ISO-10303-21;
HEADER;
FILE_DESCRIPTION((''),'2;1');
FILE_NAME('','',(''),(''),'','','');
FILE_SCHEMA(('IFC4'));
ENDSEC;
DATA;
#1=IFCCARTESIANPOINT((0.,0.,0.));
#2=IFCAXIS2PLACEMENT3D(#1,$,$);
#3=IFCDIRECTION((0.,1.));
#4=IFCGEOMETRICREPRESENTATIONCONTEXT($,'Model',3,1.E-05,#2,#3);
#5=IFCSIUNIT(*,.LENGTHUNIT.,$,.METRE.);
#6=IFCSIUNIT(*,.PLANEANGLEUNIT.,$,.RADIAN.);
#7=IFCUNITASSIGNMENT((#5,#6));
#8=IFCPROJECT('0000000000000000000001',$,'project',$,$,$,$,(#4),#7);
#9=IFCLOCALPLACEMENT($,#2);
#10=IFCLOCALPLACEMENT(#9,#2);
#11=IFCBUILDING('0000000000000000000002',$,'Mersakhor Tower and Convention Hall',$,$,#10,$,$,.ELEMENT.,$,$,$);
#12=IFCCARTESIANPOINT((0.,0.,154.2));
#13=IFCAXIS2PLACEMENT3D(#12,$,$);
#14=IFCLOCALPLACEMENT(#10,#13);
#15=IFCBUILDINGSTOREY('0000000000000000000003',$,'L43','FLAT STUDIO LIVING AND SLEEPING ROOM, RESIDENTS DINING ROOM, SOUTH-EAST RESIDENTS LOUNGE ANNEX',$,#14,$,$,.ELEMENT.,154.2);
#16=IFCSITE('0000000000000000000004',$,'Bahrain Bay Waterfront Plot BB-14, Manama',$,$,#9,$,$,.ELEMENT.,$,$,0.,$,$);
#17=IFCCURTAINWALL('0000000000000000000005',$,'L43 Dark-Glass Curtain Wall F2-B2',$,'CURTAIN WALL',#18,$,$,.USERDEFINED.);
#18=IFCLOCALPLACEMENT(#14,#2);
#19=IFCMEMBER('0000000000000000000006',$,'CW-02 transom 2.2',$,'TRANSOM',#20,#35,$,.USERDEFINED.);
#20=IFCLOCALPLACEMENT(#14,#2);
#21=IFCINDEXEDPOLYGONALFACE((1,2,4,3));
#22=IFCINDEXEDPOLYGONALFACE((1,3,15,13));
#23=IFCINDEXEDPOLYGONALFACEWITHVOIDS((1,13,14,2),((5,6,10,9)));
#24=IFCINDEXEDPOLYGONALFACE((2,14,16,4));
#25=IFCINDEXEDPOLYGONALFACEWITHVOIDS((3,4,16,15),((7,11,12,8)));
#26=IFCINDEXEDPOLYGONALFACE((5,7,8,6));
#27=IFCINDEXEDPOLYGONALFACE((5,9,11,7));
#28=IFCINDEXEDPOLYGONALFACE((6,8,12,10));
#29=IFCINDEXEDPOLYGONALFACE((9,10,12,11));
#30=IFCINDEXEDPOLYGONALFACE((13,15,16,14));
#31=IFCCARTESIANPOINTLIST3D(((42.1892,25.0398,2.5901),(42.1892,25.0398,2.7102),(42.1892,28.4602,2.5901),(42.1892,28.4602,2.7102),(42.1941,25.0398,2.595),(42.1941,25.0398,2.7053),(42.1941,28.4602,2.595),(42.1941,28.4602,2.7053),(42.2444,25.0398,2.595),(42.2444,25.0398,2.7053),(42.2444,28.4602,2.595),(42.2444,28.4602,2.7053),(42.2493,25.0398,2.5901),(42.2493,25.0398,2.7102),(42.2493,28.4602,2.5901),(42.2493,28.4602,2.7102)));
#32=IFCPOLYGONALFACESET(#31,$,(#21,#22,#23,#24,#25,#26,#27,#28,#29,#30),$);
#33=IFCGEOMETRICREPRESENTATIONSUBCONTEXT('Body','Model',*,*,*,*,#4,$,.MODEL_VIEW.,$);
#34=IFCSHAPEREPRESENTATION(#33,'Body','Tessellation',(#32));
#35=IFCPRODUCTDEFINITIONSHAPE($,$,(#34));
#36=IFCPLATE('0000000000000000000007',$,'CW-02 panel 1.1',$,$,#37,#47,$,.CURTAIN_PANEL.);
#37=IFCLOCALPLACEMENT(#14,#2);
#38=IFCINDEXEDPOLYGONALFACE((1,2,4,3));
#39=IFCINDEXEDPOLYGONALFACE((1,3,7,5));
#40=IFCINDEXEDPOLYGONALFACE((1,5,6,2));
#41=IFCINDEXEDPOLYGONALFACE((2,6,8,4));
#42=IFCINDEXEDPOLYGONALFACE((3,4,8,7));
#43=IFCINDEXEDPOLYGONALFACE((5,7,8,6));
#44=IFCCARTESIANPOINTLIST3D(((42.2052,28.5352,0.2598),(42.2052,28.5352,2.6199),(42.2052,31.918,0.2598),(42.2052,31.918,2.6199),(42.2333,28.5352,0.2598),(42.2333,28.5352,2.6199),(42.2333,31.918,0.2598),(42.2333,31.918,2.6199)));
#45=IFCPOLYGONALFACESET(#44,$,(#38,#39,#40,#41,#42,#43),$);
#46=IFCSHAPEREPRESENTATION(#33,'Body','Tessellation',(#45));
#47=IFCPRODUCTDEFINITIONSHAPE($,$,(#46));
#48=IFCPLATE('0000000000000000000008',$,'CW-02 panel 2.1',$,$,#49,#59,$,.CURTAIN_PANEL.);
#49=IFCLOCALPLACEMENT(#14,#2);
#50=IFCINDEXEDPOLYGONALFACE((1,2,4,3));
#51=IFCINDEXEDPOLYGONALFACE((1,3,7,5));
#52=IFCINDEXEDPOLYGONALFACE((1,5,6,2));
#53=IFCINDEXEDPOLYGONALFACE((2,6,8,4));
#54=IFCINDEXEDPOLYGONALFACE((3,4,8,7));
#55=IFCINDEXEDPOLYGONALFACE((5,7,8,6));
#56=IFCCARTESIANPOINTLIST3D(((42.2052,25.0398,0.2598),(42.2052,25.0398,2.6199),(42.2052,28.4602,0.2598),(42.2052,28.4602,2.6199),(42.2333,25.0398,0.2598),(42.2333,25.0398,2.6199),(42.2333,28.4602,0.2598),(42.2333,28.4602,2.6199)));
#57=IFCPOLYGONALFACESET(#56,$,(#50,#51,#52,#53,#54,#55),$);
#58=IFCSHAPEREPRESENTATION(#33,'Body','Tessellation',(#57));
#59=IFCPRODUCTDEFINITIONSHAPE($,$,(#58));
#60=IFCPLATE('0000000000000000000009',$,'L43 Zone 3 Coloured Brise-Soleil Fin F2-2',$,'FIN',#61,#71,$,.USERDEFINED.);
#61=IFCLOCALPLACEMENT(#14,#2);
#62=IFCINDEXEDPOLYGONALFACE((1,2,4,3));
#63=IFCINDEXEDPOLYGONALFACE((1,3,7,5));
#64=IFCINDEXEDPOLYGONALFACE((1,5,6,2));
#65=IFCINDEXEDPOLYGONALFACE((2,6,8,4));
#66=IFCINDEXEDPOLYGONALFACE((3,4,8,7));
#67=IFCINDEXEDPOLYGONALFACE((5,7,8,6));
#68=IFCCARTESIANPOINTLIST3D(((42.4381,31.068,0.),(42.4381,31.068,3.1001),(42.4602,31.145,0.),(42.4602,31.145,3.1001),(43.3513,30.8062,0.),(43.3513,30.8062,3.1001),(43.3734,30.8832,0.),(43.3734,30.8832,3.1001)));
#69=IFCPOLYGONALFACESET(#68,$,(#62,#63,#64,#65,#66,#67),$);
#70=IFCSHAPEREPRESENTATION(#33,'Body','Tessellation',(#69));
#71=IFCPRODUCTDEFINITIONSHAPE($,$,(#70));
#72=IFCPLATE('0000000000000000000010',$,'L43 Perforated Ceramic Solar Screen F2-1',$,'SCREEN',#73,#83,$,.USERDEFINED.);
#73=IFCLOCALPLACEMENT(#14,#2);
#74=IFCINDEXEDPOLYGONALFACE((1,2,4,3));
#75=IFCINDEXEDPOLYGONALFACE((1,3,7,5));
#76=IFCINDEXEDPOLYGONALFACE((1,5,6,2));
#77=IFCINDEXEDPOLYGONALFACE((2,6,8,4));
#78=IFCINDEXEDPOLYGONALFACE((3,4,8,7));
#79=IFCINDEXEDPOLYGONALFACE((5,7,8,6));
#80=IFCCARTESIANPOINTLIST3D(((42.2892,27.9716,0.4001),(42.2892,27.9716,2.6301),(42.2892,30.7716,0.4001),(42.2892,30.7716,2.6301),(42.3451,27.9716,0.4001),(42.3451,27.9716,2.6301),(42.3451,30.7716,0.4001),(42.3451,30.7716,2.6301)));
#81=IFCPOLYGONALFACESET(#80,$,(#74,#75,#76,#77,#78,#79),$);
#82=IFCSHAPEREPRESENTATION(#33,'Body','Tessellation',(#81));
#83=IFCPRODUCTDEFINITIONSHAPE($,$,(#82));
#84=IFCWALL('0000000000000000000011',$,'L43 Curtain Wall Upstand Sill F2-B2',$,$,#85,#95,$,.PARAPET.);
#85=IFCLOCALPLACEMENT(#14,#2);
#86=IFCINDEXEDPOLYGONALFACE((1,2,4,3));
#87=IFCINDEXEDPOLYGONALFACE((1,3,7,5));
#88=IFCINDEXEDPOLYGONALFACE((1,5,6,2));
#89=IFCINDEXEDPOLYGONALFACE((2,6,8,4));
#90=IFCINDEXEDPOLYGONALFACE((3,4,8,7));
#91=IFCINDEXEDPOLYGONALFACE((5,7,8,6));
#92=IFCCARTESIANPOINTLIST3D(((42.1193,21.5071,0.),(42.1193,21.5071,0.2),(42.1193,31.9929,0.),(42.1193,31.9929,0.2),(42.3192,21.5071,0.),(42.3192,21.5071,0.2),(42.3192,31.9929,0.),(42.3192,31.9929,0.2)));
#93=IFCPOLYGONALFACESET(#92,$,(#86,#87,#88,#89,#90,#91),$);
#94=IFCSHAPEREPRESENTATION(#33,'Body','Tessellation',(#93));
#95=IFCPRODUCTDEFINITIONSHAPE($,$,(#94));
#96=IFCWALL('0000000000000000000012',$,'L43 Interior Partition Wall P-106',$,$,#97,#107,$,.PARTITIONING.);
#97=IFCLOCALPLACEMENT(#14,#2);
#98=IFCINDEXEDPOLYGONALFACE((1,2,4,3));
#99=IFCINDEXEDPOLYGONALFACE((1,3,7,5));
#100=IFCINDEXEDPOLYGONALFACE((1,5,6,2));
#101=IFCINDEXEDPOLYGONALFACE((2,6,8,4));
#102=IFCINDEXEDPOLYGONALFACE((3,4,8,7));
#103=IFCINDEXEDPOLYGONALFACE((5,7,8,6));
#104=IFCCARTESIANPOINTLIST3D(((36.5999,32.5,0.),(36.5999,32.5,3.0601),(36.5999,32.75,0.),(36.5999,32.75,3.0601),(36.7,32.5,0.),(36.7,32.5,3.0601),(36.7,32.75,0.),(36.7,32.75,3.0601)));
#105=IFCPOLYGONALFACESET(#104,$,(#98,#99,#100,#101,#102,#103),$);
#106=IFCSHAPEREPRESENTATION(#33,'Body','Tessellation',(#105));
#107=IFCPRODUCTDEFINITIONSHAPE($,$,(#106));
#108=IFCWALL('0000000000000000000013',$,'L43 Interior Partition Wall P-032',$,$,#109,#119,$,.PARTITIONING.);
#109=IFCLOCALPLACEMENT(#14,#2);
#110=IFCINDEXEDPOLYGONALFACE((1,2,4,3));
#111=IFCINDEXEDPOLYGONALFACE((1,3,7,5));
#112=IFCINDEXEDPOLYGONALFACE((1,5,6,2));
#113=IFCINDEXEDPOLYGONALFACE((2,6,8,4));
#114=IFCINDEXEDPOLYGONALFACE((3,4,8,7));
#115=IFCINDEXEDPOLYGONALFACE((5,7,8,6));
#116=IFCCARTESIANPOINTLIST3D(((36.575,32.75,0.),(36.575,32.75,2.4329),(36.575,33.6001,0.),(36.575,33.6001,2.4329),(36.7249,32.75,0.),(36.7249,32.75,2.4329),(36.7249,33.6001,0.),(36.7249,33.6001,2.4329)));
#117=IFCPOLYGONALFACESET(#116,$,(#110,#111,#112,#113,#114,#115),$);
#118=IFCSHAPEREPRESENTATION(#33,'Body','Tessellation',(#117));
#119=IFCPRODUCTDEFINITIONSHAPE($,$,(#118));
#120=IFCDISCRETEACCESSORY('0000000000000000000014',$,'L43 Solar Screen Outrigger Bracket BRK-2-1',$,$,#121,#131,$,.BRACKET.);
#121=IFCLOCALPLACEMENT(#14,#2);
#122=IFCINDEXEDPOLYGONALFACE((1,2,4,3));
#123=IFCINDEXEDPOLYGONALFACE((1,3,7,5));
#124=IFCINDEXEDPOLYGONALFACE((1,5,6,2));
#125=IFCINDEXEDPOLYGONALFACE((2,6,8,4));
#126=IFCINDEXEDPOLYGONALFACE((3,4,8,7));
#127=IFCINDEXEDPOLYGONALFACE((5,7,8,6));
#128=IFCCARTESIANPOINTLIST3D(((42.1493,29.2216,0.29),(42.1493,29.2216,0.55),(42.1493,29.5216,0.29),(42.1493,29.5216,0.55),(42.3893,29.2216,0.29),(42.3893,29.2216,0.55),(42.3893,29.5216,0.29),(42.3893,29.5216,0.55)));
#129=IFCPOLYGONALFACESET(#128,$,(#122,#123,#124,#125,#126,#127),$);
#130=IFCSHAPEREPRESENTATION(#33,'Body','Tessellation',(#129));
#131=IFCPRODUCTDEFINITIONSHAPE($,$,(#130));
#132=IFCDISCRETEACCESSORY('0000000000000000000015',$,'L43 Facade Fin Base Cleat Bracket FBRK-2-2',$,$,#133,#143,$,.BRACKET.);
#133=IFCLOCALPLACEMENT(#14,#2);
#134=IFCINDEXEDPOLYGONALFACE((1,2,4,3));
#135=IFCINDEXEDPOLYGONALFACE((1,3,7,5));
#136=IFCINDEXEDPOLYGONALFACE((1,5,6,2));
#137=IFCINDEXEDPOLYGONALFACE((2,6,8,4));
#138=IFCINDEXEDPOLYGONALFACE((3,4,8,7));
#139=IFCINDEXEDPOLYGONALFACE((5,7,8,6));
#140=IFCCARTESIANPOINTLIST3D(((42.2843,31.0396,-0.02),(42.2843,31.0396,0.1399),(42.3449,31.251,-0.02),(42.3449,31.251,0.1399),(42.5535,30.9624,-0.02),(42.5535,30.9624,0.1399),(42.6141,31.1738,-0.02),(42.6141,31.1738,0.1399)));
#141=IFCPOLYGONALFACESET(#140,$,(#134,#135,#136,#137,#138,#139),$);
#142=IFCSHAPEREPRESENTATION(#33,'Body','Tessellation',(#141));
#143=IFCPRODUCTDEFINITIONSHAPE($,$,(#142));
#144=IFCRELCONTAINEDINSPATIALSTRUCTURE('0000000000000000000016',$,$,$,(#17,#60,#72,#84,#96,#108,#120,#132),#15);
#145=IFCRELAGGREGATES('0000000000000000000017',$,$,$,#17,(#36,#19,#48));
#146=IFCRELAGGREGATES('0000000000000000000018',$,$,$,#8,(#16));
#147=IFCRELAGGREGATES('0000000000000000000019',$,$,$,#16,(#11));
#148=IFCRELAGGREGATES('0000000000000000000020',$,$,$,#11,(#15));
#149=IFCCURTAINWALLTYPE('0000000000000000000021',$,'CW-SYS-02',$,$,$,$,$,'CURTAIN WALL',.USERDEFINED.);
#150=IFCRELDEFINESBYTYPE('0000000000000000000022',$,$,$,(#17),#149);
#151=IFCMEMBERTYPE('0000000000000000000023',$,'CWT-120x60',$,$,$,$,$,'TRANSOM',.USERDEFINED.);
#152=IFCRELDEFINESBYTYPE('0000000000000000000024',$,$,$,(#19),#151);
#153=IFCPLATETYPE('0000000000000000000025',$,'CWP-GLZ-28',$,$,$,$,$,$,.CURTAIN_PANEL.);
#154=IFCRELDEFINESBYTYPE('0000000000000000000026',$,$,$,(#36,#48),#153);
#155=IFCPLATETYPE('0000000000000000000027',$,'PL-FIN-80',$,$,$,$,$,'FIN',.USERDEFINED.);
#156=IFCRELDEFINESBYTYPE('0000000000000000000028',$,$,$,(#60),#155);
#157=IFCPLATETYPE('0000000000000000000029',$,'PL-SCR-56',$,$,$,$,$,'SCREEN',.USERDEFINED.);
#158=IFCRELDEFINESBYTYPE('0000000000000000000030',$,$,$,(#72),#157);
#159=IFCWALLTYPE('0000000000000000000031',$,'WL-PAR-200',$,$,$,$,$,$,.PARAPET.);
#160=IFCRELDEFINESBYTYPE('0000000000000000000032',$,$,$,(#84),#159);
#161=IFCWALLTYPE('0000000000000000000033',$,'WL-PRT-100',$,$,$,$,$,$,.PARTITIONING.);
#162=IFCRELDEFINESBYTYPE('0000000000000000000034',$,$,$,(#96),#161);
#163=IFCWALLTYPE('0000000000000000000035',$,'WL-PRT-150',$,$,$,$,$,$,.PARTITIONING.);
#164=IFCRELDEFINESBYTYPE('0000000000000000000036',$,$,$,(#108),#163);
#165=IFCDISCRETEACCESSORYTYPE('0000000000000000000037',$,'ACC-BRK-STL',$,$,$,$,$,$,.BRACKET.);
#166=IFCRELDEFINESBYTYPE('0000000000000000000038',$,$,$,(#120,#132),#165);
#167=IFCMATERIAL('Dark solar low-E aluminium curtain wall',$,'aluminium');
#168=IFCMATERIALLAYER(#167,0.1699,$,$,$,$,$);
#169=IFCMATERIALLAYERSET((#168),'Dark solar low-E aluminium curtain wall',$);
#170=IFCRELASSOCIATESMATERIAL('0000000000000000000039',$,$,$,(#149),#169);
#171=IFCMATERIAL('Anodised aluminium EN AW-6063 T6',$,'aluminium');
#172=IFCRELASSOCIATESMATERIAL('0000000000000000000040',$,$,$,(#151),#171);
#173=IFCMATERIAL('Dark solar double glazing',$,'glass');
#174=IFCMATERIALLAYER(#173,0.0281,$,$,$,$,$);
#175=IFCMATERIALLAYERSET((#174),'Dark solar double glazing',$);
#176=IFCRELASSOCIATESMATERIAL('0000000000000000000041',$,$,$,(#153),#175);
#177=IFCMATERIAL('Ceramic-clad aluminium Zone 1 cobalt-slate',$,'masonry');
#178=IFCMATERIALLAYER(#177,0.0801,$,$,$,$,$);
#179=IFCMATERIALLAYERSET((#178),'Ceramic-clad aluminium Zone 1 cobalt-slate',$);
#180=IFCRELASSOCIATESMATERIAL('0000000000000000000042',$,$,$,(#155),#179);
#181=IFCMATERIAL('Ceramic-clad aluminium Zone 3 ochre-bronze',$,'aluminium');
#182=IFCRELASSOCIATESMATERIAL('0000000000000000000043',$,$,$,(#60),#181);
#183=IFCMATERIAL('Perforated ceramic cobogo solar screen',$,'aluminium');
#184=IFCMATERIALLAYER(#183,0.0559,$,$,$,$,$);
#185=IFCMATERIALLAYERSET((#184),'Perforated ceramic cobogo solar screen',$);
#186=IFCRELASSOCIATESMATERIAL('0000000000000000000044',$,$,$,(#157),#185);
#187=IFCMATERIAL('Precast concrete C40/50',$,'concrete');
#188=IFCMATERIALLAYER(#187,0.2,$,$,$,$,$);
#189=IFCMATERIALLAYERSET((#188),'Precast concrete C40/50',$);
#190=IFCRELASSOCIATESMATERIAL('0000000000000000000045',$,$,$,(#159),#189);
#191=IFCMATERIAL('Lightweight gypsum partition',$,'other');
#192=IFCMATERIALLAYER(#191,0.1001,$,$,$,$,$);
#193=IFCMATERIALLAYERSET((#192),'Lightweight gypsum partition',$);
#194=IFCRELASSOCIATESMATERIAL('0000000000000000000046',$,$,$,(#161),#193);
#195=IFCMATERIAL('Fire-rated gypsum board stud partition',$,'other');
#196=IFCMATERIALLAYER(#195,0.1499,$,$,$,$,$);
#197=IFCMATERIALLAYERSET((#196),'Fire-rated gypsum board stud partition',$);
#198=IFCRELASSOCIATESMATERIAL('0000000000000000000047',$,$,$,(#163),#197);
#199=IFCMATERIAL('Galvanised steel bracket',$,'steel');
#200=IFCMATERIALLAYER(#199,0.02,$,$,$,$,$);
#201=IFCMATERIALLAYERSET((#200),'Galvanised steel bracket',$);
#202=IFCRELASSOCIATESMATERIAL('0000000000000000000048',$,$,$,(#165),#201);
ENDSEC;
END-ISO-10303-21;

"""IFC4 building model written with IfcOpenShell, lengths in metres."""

from ifc_helpers import new_model, si_unit, direction, frame, frame_2d, origin, origin_2d, place, context, subcontext, project, spatial, rectangle, hollow_rectangle, extrude, material, layer, layer_set, material_profile, profile_set, type_object, element, aggregate, save


model = new_model("IFC4")

# Units and contexts
model_context = context("Model", 3, precision=1e-05, world=origin(), true_north=direction((0.0, 1.0)))
body_context = subcontext(model_context, "Body", "Model", "MODEL_VIEW")
ifc_project = project(units=[si_unit("LENGTHUNIT", "METRE"), si_unit("PLANEANGLEUNIT", "RADIAN")], contexts=[model_context])

# Site, building, storey
site_placement = place(None, origin())
site = spatial("IfcSite", under=ifc_project, at=site_placement, Name="Bahrain Bay Waterfront Plot BB-14, Manama", CompositionType="ELEMENT", RefElevation=0.0)
building_placement = place(site_placement, origin())
building = spatial("IfcBuilding", under=site, at=building_placement, Name="Mersakhor Tower and Convention Hall", CompositionType="ELEMENT")
storey_placement = place(building_placement, frame((0.0, 0.0, 154.2)))
storey = spatial("IfcBuildingStorey", under=building, at=storey_placement, Name="L43", Description="FLAT STUDIO LIVING AND SLEEPING ROOM, RESIDENTS DINING ROOM, SOUTH-EAST RESIDENTS LOUNGE ANNEX", CompositionType="ELEMENT", Elevation=154.2)

# Curtain wall, member, plates
ifc_material_1 = material(Name="Dark solar low-E aluminium curtain wall", Category="aluminium")
ifc_layer_1 = layer(ifc_material_1, 0.1699)
ifc_layer_set_1 = layer_set([ifc_layer_1], Name="Dark solar low-E aluminium curtain wall")
curtain_wall_type = type_object("IfcCurtainWallType", Name="CW-SYS-02", ElementType="CURTAIN WALL", PredefinedType="USERDEFINED", material=ifc_layer_set_1)
curtain_wall_placement = place(storey_placement, origin())
curtain_wall = element("IfcCurtainWall", 1, at=curtain_wall_placement, inside=storey, type_object=curtain_wall_type, Name="L43 Dark-Glass Curtain Wall F2-B2", ObjectType="CURTAIN WALL", PredefinedType="USERDEFINED")
ifc_material_2 = material(Name="Anodised aluminium EN AW-6063 T6", Category="aluminium")
ifc_material_profile_1 = material_profile(ifc_material_2, hollow_rectangle(XDim=0.0601, YDim=0.1201, WallThickness=0.0049, at=origin_2d()), Name="RHS 120x60x5")
ifc_profile_set_1 = profile_set([ifc_material_profile_1], Name="Anodised aluminium EN AW-6063 T6")
member_type_1 = type_object("IfcMemberType", Name="CWT-120x60", ElementType="TRANSOM", PredefinedType="USERDEFINED", material=ifc_profile_set_1)
member_1_placement = place(storey_placement, frame((42.2192, 28.4602, 2.6501), z_axis=(0.0, -1.0, 0.0), x_axis=(1.0, 0.0, 0.0)))
member_1 = element("IfcMember", 2, at=member_1_placement, type_object=member_type_1, Name="CW-02 transom 2.2", ObjectType="TRANSOM", PredefinedType="USERDEFINED", context=body_context, shape_type="SweptSolid", body=[
    extrude(hollow_rectangle(XDim=0.0601, YDim=0.1201, WallThickness=0.0049, at=origin_2d()), origin(), (0.0, 0.0, 1.0), 3.4204),
])
ifc_material_3 = material(Name="Dark solar double glazing", Category="glass")
ifc_layer_2 = layer(ifc_material_3, 0.0281)
ifc_layer_set_2 = layer_set([ifc_layer_2], Name="Dark solar double glazing")
plate_type_1 = type_object("IfcPlateType", Name="CWP-GLZ-28", PredefinedType="CURTAIN_PANEL", material=ifc_layer_set_2)
plate_1_placement = place(storey_placement, frame((42.2192, 30.2266, 0.2598), z_axis=(0.0, 0.0, 1.0), x_axis=(0.0, -1.0, 0.0)))
plate_1 = element("IfcPlate", 3, at=plate_1_placement, type_object=plate_type_1, Name="CW-02 panel 1.1", PredefinedType="CURTAIN_PANEL", context=body_context, shape_type="SweptSolid", body=[
    extrude(rectangle(XDim=3.3828, YDim=0.0281, at=origin_2d()), origin(), (0.0, 0.0, 1.0), 2.3601),
])
plate_2_placement = place(storey_placement, frame((42.2192, 26.75, 0.2598), z_axis=(0.0, 0.0, 1.0), x_axis=(0.0, -1.0, 0.0)))
plate_2 = element("IfcPlate", 4, at=plate_2_placement, type_object=plate_type_1, Name="CW-02 panel 2.1", PredefinedType="CURTAIN_PANEL", context=body_context, shape_type="SweptSolid", body=[
    extrude(rectangle(XDim=3.4204, YDim=0.0281, at=origin_2d()), origin(), (0.0, 0.0, 1.0), 2.3601),
])
aggregate(curtain_wall, [plate_1, member_1, plate_2])

# Plates
ifc_material_4 = material(Name="Ceramic-clad aluminium Zone 3 ochre-bronze", Category="aluminium")
ifc_material_5 = material(Name="Ceramic-clad aluminium Zone 1 cobalt-slate", Category="masonry")
ifc_layer_3 = layer(ifc_material_5, 0.0801)
ifc_layer_set_3 = layer_set([ifc_layer_3], Name="Ceramic-clad aluminium Zone 1 cobalt-slate")
plate_type_2 = type_object("IfcPlateType", Name="PL-FIN-80", ElementType="FIN", PredefinedType="USERDEFINED", material=ifc_layer_set_3)
plate_3_placement = place(storey_placement, frame((42.9058, 30.9756, 0.0), z_axis=(0.0, 0.0, 1.0), x_axis=(0.961262, -0.275637, 0.0)))
element("IfcPlate", 5, at=plate_3_placement, inside=storey, type_object=plate_type_2, material=ifc_material_4, Name="L43 Zone 3 Coloured Brise-Soleil Fin F2-2", ObjectType="FIN", PredefinedType="USERDEFINED", context=body_context, shape_type="SweptSolid", body=[
    extrude(rectangle(XDim=0.95, YDim=0.0801, at=origin_2d()), origin(), (0.0, 0.0, 1.0), 3.1001),
])
ifc_material_6 = material(Name="Perforated ceramic cobogo solar screen", Category="aluminium")
ifc_layer_4 = layer(ifc_material_6, 0.0559)
ifc_layer_set_4 = layer_set([ifc_layer_4], Name="Perforated ceramic cobogo solar screen")
plate_type_3 = type_object("IfcPlateType", Name="PL-SCR-56", ElementType="SCREEN", PredefinedType="USERDEFINED", material=ifc_layer_set_4)
plate_4_placement = place(storey_placement, frame((42.3171, 29.3716, 0.4001), z_axis=(0.0, 0.0, 1.0), x_axis=(0.0, -1.0, 0.0)))
element("IfcPlate", 6, at=plate_4_placement, inside=storey, type_object=plate_type_3, Name="L43 Perforated Ceramic Solar Screen F2-1", ObjectType="SCREEN", PredefinedType="USERDEFINED", context=body_context, shape_type="SweptSolid", body=[
    extrude(rectangle(XDim=2.8, YDim=0.0559, at=origin_2d()), origin(), (0.0, 0.0, 1.0), 2.23),
])

# Walls
ifc_material_7 = material(Name="Precast concrete C40/50", Category="concrete")
ifc_layer_5 = layer(ifc_material_7, 0.2)
ifc_layer_set_5 = layer_set([ifc_layer_5], Name="Precast concrete C40/50")
wall_type_1 = type_object("IfcWallType", Name="WL-PAR-200", PredefinedType="PARAPET", material=ifc_layer_set_5)
wall_1_placement = place(storey_placement, frame((42.2192, 31.9929, 0.0), z_axis=(0.0, 0.0, 1.0), x_axis=(0.0, -1.0, 0.0)))
element("IfcWall", 7, at=wall_1_placement, inside=storey, type_object=wall_type_1, Name="L43 Curtain Wall Upstand Sill F2-B2", PredefinedType="PARAPET", context=body_context, shape_type="SweptSolid", body=[
    extrude(rectangle(XDim=10.4858, YDim=0.2, at=frame_2d((5.2429, 0.0))), origin(), (0.0, 0.0, 1.0), 0.2),
])
ifc_material_8 = material(Name="Lightweight gypsum partition", Category="other")
ifc_layer_6 = layer(ifc_material_8, 0.1001)
ifc_layer_set_6 = layer_set([ifc_layer_6], Name="Lightweight gypsum partition")
wall_type_2 = type_object("IfcWallType", Name="WL-PRT-100", PredefinedType="PARTITIONING", material=ifc_layer_set_6)
wall_2_placement = place(storey_placement, frame((36.6499, 32.5, 0.0), z_axis=(0.0, 0.0, 1.0), x_axis=(0.0, 1.0, 0.0)))
element("IfcWall", 8, at=wall_2_placement, inside=storey, type_object=wall_type_2, Name="L43 Interior Partition Wall P-106", PredefinedType="PARTITIONING", context=body_context, shape_type="SweptSolid", body=[
    extrude(rectangle(XDim=0.25, YDim=0.1001, at=frame_2d((0.125, 0.0))), origin(), (0.0, 0.0, 1.0), 3.0601),
])

# Shared definitions
ifc_material_9 = material(Name="Fire-rated gypsum board stud partition", Category="other")
ifc_layer_7 = layer(ifc_material_9, 0.1499)
ifc_layer_set_7 = layer_set([ifc_layer_7], Name="Fire-rated gypsum board stud partition")
wall_type_3 = type_object("IfcWallType", Name="WL-PRT-150", PredefinedType="PARTITIONING", material=ifc_layer_set_7)

# Wall
wall_3_placement = place(storey_placement, frame((36.6499, 32.75, 0.0), z_axis=(0.0, 0.0, 1.0), x_axis=(0.0, 1.0, 0.0)))
element("IfcWall", 9, at=wall_3_placement, inside=storey, type_object=wall_type_3, Name="L43 Interior Partition Wall P-032", PredefinedType="PARTITIONING", context=body_context, shape_type="SweptSolid", body=[
    extrude(rectangle(XDim=0.8501, YDim=0.1499, at=frame_2d((0.425, 0.0))), origin(), (0.0, 0.0, 1.0), 2.4329),
])

# Discrete accessories
ifc_material_10 = material(Name="Galvanised steel bracket", Category="steel")
ifc_layer_8 = layer(ifc_material_10, 0.02)
ifc_layer_set_8 = layer_set([ifc_layer_8], Name="Galvanised steel bracket")
discrete_accessory_type = type_object("IfcDiscreteAccessoryType", Name="ACC-BRK-STL", PredefinedType="BRACKET", material=ifc_layer_set_8)
discrete_accessory_1_placement = place(storey_placement, frame((42.2693, 29.3716, 0.29), z_axis=(0.0, 0.0, 1.0), x_axis=(0.0, -1.0, 0.0)))
element("IfcDiscreteAccessory", 10, at=discrete_accessory_1_placement, inside=storey, type_object=discrete_accessory_type, Name="L43 Solar Screen Outrigger Bracket BRK-2-1", PredefinedType="BRACKET", context=body_context, shape_type="SweptSolid", body=[
    extrude(rectangle(XDim=0.3, YDim=0.24, at=origin_2d()), origin(), (0.0, 0.0, 1.0), 0.26),
])
discrete_accessory_2_placement = place(storey_placement, frame((42.4492, 31.1067, -0.02), z_axis=(0.0, 0.0, 1.0), x_axis=(0.961262, -0.275637, 0.0)))
element("IfcDiscreteAccessory", 11, at=discrete_accessory_2_placement, inside=storey, type_object=discrete_accessory_type, Name="L43 Facade Fin Base Cleat Bracket FBRK-2-2", PredefinedType="BRACKET", context=body_context, shape_type="SweptSolid", body=[
    extrude(rectangle(XDim=0.28, YDim=0.22, at=origin_2d()), origin(), (0.0, 0.0, 1.0), 0.1599),
])

save(model, "model.ifc")
